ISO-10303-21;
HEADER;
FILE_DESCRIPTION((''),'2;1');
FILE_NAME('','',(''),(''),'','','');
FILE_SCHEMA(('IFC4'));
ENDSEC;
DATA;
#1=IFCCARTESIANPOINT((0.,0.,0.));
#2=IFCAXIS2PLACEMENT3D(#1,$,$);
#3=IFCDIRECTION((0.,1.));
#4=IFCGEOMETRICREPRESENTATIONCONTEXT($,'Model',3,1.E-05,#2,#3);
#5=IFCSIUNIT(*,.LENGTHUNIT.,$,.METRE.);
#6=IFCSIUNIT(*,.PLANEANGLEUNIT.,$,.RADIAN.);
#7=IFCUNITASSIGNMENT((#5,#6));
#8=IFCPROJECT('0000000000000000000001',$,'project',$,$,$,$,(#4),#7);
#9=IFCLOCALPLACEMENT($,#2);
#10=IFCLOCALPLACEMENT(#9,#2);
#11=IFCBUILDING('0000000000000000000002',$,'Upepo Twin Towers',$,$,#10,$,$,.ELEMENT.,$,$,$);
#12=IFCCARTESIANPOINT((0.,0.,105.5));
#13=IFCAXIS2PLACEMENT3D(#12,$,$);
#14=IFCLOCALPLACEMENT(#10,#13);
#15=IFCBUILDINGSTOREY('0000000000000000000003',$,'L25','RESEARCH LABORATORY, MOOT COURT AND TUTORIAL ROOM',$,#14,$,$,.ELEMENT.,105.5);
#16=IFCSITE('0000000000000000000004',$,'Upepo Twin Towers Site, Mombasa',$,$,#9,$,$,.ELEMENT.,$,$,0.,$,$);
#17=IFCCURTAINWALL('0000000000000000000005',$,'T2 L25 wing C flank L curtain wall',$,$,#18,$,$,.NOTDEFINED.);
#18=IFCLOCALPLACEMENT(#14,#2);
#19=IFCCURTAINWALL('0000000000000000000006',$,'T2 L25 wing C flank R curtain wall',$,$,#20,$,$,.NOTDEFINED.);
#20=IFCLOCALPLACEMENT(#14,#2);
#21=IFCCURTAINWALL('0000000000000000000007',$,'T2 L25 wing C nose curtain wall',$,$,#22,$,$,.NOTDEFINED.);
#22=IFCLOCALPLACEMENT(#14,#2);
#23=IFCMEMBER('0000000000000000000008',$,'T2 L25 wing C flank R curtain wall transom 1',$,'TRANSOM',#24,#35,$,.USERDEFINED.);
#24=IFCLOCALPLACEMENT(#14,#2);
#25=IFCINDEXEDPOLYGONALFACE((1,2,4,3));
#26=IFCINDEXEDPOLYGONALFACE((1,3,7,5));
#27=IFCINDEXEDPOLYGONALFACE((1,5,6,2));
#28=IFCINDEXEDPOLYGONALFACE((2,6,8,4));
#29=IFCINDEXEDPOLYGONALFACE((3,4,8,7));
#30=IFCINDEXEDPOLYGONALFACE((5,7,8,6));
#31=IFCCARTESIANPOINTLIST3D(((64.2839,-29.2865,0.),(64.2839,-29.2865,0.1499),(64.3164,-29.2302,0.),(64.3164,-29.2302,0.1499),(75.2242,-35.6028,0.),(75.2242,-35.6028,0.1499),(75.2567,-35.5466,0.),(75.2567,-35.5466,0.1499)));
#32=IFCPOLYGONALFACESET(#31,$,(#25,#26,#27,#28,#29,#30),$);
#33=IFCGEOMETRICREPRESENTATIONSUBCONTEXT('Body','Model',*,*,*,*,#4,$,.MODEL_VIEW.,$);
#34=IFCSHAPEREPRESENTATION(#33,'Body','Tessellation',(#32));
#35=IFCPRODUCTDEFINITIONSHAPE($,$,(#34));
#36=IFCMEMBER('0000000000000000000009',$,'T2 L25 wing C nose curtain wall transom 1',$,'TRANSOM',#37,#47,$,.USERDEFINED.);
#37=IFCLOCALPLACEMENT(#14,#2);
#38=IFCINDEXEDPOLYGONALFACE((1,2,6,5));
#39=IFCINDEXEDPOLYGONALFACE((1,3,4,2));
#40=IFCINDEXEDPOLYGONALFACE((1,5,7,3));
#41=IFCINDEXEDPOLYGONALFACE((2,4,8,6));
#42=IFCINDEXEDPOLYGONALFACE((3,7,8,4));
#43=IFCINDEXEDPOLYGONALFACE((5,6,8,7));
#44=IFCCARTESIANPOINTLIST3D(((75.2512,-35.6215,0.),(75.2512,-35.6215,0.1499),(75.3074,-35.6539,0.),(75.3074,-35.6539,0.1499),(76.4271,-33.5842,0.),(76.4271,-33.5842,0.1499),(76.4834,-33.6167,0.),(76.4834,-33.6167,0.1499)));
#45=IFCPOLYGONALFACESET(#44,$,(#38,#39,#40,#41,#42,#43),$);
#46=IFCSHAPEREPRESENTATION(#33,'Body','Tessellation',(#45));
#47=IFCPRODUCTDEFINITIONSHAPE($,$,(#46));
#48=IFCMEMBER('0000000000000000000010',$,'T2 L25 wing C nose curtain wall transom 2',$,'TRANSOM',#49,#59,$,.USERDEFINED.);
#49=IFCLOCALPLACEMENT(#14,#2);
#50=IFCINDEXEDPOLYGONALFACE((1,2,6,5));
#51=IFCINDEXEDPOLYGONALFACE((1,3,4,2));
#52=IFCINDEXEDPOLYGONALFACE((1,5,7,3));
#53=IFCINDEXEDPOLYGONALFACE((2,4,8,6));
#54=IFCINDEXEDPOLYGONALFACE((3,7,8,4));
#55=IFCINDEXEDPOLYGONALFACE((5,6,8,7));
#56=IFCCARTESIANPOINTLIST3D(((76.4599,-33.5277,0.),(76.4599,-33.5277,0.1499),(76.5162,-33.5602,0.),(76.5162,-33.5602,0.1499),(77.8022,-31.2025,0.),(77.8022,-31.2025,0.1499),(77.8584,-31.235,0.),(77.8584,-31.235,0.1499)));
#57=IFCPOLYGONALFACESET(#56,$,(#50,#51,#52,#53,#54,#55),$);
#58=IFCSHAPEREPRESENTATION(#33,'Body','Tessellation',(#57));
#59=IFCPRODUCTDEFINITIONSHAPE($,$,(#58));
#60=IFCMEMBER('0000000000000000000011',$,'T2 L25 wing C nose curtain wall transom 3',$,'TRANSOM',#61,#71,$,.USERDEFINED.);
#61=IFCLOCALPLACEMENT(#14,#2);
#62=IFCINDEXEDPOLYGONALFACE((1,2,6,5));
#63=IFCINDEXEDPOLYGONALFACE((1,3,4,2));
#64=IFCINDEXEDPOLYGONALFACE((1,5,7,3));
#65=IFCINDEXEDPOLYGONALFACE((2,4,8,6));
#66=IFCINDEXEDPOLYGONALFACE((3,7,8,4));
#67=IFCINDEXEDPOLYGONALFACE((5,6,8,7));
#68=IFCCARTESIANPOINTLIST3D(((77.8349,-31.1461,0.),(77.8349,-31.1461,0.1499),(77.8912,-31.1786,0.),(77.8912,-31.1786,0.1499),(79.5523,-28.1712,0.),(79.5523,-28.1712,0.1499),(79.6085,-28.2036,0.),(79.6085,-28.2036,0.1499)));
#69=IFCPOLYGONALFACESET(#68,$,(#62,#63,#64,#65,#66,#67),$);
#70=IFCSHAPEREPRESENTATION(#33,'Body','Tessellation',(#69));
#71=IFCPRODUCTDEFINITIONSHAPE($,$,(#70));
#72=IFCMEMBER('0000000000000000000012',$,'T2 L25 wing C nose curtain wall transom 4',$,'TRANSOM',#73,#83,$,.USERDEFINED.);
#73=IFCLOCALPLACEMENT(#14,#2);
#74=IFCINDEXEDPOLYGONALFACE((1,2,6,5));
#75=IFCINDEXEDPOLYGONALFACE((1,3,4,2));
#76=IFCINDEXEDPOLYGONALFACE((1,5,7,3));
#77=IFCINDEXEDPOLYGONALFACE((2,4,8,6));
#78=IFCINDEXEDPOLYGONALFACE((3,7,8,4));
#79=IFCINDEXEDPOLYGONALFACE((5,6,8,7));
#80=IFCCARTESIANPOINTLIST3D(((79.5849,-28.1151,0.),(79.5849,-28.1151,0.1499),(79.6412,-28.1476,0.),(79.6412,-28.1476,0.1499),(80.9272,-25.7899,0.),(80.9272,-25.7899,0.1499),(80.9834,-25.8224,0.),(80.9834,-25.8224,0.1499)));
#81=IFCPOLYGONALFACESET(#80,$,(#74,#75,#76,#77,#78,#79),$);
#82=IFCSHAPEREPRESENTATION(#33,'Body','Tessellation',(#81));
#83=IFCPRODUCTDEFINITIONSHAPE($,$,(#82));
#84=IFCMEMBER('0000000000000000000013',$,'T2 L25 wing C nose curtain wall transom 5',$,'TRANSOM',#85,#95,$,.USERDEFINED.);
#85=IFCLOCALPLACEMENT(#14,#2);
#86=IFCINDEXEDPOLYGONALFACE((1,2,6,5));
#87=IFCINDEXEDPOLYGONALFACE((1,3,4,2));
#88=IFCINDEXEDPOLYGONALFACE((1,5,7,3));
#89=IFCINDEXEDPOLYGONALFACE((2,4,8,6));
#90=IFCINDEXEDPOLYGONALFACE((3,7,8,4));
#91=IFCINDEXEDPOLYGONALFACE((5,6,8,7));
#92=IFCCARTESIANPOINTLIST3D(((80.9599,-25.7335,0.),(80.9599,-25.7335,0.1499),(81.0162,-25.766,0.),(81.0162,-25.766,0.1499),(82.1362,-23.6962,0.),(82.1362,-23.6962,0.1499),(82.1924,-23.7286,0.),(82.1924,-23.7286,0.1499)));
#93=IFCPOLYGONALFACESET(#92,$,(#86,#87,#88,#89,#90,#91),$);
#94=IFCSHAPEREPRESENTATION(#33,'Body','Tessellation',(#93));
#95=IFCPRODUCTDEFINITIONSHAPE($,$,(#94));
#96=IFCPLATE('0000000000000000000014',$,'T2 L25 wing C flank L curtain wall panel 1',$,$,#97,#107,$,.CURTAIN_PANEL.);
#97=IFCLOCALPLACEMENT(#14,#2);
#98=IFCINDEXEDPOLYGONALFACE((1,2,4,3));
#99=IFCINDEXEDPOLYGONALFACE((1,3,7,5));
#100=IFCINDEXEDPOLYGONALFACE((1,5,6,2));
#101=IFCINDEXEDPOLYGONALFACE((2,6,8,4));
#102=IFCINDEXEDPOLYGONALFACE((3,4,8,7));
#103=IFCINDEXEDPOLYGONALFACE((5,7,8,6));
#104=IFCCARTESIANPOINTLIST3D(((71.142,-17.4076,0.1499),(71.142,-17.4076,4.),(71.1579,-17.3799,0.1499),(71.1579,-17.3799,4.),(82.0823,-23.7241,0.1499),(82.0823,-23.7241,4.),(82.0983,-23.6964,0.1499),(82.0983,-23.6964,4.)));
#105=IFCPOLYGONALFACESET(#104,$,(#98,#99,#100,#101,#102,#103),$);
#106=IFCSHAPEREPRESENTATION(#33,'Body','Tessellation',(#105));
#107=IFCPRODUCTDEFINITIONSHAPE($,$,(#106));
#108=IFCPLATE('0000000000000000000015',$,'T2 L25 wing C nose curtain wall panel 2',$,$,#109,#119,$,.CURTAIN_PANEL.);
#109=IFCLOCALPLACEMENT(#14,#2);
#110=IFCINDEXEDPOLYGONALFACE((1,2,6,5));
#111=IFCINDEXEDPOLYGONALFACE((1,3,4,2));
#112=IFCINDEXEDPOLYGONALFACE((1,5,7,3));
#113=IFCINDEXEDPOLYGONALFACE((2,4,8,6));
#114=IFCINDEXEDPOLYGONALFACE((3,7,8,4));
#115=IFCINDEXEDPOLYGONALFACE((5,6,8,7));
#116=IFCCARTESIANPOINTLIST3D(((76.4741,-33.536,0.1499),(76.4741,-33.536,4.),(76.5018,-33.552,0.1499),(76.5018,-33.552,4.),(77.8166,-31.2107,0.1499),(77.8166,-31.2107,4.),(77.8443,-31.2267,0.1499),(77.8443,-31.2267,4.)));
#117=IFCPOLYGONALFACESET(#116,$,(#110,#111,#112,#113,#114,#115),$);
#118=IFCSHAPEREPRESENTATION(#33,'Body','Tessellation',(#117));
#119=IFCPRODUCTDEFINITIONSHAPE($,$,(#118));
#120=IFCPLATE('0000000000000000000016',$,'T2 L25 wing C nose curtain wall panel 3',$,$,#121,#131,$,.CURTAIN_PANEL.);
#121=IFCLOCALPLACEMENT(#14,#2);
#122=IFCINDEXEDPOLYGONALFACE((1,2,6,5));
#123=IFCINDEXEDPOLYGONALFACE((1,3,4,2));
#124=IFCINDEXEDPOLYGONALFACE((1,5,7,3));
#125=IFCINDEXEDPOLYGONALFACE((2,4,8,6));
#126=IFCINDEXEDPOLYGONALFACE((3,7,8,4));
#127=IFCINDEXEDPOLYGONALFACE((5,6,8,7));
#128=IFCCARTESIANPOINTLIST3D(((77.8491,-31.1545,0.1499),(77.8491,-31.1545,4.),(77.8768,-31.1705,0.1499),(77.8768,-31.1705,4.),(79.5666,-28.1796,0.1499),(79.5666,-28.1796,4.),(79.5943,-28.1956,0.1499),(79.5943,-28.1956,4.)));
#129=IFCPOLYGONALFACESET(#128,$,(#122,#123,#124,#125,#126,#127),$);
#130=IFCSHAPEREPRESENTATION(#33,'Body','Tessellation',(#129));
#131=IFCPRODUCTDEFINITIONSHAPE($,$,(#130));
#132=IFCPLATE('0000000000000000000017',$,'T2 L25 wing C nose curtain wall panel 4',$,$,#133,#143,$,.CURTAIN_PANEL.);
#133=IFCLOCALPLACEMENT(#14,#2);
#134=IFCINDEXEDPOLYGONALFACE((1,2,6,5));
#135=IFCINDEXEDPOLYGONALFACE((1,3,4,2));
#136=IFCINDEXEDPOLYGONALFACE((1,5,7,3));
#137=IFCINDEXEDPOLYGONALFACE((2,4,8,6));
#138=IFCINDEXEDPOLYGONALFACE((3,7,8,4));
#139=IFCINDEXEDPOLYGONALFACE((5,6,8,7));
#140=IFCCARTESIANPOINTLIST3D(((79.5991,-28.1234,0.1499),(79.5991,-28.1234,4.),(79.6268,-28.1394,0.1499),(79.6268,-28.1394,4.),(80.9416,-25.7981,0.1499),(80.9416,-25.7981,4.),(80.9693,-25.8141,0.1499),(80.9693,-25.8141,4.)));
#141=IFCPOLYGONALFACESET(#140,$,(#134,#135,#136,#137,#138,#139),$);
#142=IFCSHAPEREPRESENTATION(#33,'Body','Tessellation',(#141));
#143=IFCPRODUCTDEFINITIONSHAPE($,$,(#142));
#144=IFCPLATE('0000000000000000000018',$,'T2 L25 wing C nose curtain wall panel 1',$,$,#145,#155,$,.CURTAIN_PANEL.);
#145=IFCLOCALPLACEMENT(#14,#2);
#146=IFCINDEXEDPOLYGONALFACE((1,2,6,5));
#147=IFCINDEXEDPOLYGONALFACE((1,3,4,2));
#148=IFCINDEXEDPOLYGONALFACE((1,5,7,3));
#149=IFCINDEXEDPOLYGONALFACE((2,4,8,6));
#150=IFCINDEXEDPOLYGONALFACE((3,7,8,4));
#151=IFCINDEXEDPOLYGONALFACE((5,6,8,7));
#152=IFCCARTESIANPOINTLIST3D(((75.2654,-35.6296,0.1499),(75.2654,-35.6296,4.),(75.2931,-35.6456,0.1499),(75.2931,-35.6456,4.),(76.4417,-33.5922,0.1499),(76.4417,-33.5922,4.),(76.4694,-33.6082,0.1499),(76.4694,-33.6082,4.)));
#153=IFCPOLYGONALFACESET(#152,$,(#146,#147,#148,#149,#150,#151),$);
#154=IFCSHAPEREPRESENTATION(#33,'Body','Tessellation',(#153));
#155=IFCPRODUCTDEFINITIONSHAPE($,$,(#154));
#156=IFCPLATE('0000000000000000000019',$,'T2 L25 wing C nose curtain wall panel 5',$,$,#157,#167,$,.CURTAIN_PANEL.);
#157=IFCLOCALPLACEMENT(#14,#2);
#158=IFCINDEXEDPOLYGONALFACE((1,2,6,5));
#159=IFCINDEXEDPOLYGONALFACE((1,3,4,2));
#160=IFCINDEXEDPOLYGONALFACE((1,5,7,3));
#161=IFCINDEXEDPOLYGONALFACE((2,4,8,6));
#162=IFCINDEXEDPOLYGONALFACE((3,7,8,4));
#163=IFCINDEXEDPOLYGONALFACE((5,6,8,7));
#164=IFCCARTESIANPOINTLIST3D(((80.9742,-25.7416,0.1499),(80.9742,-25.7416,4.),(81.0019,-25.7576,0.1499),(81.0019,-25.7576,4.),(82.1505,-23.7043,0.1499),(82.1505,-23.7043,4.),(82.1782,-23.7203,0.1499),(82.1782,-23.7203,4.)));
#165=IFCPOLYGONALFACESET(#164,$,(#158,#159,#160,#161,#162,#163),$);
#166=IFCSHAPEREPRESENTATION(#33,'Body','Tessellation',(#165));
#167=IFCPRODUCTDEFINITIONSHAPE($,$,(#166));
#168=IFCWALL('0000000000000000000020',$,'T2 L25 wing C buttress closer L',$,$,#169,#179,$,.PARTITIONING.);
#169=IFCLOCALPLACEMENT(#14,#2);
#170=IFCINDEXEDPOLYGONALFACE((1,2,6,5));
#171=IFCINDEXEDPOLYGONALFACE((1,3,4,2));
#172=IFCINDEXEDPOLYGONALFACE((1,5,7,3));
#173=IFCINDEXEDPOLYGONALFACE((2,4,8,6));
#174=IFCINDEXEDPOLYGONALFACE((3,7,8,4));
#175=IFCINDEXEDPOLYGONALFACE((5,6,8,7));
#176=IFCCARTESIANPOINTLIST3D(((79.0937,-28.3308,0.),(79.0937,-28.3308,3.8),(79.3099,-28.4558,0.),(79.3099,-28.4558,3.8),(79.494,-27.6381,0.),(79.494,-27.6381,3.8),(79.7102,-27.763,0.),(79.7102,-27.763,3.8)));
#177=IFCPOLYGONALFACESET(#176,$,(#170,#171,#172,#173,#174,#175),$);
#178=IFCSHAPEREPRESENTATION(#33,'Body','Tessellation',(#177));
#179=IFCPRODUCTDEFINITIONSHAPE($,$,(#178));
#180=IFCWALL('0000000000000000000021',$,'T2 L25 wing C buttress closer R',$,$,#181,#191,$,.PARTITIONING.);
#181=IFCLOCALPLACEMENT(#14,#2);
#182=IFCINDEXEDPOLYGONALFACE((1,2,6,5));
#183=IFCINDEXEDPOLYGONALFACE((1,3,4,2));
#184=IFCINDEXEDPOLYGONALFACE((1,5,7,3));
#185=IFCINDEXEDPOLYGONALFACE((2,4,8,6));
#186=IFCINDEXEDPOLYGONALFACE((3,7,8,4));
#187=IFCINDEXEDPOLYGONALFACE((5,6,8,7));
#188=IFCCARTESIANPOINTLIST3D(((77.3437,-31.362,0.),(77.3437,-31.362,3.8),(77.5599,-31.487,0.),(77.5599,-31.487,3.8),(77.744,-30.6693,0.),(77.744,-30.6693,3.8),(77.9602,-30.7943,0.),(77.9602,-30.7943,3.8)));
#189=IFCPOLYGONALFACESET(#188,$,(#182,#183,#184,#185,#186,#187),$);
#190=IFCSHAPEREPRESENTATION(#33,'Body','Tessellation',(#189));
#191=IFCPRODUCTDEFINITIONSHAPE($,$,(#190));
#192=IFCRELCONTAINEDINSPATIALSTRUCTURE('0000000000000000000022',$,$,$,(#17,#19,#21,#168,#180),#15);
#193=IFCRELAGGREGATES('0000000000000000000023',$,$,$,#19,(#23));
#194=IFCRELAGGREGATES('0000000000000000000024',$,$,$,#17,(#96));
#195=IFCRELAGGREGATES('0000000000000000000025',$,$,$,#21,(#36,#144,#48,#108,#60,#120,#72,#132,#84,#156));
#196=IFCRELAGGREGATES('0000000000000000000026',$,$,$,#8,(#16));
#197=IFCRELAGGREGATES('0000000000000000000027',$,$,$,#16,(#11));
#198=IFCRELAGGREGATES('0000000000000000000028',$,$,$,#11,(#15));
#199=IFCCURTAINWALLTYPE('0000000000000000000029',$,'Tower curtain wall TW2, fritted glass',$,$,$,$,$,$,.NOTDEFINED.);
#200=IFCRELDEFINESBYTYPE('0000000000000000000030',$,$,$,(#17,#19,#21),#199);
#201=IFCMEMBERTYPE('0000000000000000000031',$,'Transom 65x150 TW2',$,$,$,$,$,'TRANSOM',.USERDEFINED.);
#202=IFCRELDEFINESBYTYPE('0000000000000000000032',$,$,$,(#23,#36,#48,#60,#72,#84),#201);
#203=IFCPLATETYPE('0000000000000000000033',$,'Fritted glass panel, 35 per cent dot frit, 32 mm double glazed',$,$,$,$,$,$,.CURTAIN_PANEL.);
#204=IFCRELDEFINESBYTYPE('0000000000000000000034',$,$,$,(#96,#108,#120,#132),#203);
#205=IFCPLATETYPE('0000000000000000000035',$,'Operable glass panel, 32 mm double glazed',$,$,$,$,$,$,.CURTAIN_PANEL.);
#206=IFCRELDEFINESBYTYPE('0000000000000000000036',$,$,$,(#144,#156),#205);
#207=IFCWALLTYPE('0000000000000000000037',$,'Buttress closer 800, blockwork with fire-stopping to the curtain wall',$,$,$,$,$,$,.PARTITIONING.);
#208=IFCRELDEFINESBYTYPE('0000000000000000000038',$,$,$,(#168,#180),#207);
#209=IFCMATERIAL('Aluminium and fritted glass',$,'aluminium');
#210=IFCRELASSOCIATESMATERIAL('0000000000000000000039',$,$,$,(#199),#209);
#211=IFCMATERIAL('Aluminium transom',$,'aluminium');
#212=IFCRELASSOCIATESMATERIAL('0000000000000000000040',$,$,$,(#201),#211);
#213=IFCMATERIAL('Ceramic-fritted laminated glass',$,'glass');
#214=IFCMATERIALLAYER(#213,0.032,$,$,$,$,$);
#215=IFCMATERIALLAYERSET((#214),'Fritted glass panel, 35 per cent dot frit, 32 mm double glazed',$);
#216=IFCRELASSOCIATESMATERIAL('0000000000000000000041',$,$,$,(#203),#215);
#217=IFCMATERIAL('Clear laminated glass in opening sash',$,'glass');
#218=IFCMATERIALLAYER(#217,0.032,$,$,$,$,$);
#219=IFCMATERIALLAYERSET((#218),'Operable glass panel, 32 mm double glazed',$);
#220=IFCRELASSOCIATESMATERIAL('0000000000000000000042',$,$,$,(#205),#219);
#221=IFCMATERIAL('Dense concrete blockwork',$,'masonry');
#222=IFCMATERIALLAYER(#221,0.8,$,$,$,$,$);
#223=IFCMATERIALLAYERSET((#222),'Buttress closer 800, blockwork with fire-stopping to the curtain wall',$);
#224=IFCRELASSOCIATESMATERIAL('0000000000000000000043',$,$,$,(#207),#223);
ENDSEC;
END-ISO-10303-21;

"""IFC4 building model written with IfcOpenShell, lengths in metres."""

from ifc_helpers import new_model, si_unit, direction, frame, frame_2d, origin, origin_2d, place, context, subcontext, project, spatial, rectangle, extrude, material, layer, layer_set, material_profile, profile_set, type_object, element, aggregate, save


model = new_model("IFC4")

# Units and contexts
model_context = context("Model", 3, precision=1e-05, world=origin(), true_north=direction((0.0, 1.0)))
body_context = subcontext(model_context, "Body", "Model", "MODEL_VIEW")
ifc_project = project(units=[si_unit("LENGTHUNIT", "METRE"), si_unit("PLANEANGLEUNIT", "RADIAN")], contexts=[model_context])

# Site, building, storey
site_placement = place(None, origin())
site = spatial("IfcSite", under=ifc_project, at=site_placement, Name="Upepo Twin Towers Site, Mombasa", CompositionType="ELEMENT", RefElevation=0.0)
building_placement = place(site_placement, origin())
building = spatial("IfcBuilding", under=site, at=building_placement, Name="Upepo Twin Towers", CompositionType="ELEMENT")
storey_placement = place(building_placement, frame((0.0, 0.0, 105.5)))
storey = spatial("IfcBuildingStorey", under=building, at=storey_placement, Name="L25", Description="RESEARCH LABORATORY, MOOT COURT AND TUTORIAL ROOM", CompositionType="ELEMENT", Elevation=105.5)

# Curtain walls
ifc_material_1 = material(Name="Aluminium and fritted glass", Category="aluminium")
curtain_wall_type = type_object("IfcCurtainWallType", Name="Tower curtain wall TW2, fritted glass", PredefinedType="NOTDEFINED", material=ifc_material_1)
curtain_wall_1_placement = place(storey_placement, origin())
curtain_wall_1 = element("IfcCurtainWall", 1, at=curtain_wall_1_placement, inside=storey, type_object=curtain_wall_type, Name="T2 L25 wing C flank L curtain wall", PredefinedType="NOTDEFINED")
curtain_wall_2_placement = place(storey_placement, origin())
curtain_wall_2 = element("IfcCurtainWall", 2, at=curtain_wall_2_placement, inside=storey, type_object=curtain_wall_type, Name="T2 L25 wing C flank R curtain wall", PredefinedType="NOTDEFINED")

# Curtain wall
curtain_wall_3_placement = place(storey_placement, origin())
curtain_wall_3 = element("IfcCurtainWall", 3, at=curtain_wall_3_placement, inside=storey, type_object=curtain_wall_type, Name="T2 L25 wing C nose curtain wall", PredefinedType="NOTDEFINED")

# Members
ifc_material_2 = material(Name="Aluminium transom", Category="aluminium")
ifc_material_profile_1 = material_profile(ifc_material_2, rectangle(XDim=0.0649, YDim=0.1499, at=origin_2d()), Name="TRANSOM 65x150")
ifc_profile_set_1 = profile_set([ifc_material_profile_1], Name="Aluminium transom")
member_type_1 = type_object("IfcMemberType", Name="Transom 65x150 TW2", ElementType="TRANSOM", PredefinedType="USERDEFINED", material=ifc_profile_set_1)
member_1_placement = place(storey_placement, frame((75.2405, -35.5747, 0.075), z_axis=(-0.866027, 0.499997, 0.0), x_axis=(-0.499997, -0.866027, 0.0)))
member_1 = element("IfcMember", 4, at=member_1_placement, type_object=member_type_1, Name="T2 L25 wing C flank R curtain wall transom 1", ObjectType="TRANSOM", PredefinedType="USERDEFINED", context=body_context, shape_type="SweptSolid", body=[
    extrude(rectangle(XDim=0.0649, YDim=0.1499, at=origin_2d()), origin(), (0.0, 0.0, 1.0), 12.6328),
])
aggregate(curtain_wall_2, [member_1])
member_2_placement = place(storey_placement, frame((75.2793, -35.6377, 0.075), z_axis=(0.499923, 0.86607, 0.0), x_axis=(-0.86607, 0.499923, 0.0)))
member_2 = element("IfcMember", 5, at=member_2_placement, type_object=member_type_1, Name="T2 L25 wing C nose curtain wall transom 1", ObjectType="TRANSOM", PredefinedType="USERDEFINED", context=body_context, shape_type="SweptSolid", body=[
    extrude(rectangle(XDim=0.0649, YDim=0.1499, at=origin_2d()), origin(), (0.0, 0.0, 1.0), 2.3523),
])
member_3_placement = place(storey_placement, frame((76.488, -33.5439, 0.075), z_axis=(0.499953, 0.866052, 0.0), x_axis=(-0.866052, 0.499953, 0.0)))
member_3 = element("IfcMember", 6, at=member_3_placement, type_object=member_type_1, Name="T2 L25 wing C nose curtain wall transom 2", ObjectType="TRANSOM", PredefinedType="USERDEFINED", context=body_context, shape_type="SweptSolid", body=[
    extrude(rectangle(XDim=0.0649, YDim=0.1499, at=origin_2d()), origin(), (0.0, 0.0, 1.0), 2.6848),
])
member_4_placement = place(storey_placement, frame((77.863, -31.1624, 0.075), z_axis=(0.499946, 0.866057, 0.0), x_axis=(-0.866057, 0.499946, 0.0)))
member_4 = element("IfcMember", 7, at=member_4_placement, type_object=member_type_1, Name="T2 L25 wing C nose curtain wall transom 3", ObjectType="TRANSOM", PredefinedType="USERDEFINED", context=body_context, shape_type="SweptSolid", body=[
    extrude(rectangle(XDim=0.0649, YDim=0.1499, at=origin_2d()), origin(), (0.0, 0.0, 1.0), 3.4351),
])
member_5_placement = place(storey_placement, frame((79.613, -28.1313, 0.075), z_axis=(0.499953, 0.866052, 0.0), x_axis=(-0.866052, 0.499953, 0.0)))
member_5 = element("IfcMember", 8, at=member_5_placement, type_object=member_type_1, Name="T2 L25 wing C nose curtain wall transom 4", ObjectType="TRANSOM", PredefinedType="USERDEFINED", context=body_context, shape_type="SweptSolid", body=[
    extrude(rectangle(XDim=0.0649, YDim=0.1499, at=origin_2d()), origin(), (0.0, 0.0, 1.0), 2.6848),
])
member_6_placement = place(storey_placement, frame((80.988, -25.7498, 0.075), z_axis=(0.500001, 0.866025, 0.0), x_axis=(-0.866025, 0.500001, 0.0)))
member_6 = element("IfcMember", 9, at=member_6_placement, type_object=member_type_1, Name="T2 L25 wing C nose curtain wall transom 5", ObjectType="TRANSOM", PredefinedType="USERDEFINED", context=body_context, shape_type="SweptSolid", body=[
    extrude(rectangle(XDim=0.0649, YDim=0.1499, at=origin_2d()), origin(), (0.0, 0.0, 1.0), 2.3525),
])

# Plates
ifc_material_3 = material(Name="Ceramic-fritted laminated glass", Category="glass")
ifc_layer_1 = layer(ifc_material_3, 0.032)
ifc_layer_set_1 = layer_set([ifc_layer_1], Name="Fritted glass panel, 35 per cent dot frit, 32 mm double glazed")
plate_type_1 = type_object("IfcPlateType", Name="Fritted glass panel, 35 per cent dot frit, 32 mm double glazed", PredefinedType="CURTAIN_PANEL", material=ifc_layer_set_1)
plate_1_placement = place(storey_placement, frame((76.6201, -20.552, 0.1499), z_axis=(0.0, 0.0, 1.0), x_axis=(0.866025, -0.5, 0.0)))
plate_1 = element("IfcPlate", 10, at=plate_1_placement, type_object=plate_type_1, Name="T2 L25 wing C flank L curtain wall panel 1", PredefinedType="CURTAIN_PANEL", context=body_context, shape_type="SweptSolid", body=[
    extrude(rectangle(XDim=12.6328, YDim=0.032, at=origin_2d()), origin(), (0.0, 0.0, 1.0), 3.8501),
])
aggregate(curtain_wall_1, [plate_1])
plate_2_placement = place(storey_placement, frame((77.1592, -32.3813, 0.1499), z_axis=(0.0, 0.0, 1.0), x_axis=(0.5, 0.866025, 0.0)))
plate_2 = element("IfcPlate", 11, at=plate_2_placement, type_object=plate_type_1, Name="T2 L25 wing C nose curtain wall panel 2", PredefinedType="CURTAIN_PANEL", context=body_context, shape_type="SweptSolid", body=[
    extrude(rectangle(XDim=2.6851, YDim=0.032, at=origin_2d()), origin(), (0.0, 0.0, 1.0), 3.8501),
])
plate_3_placement = place(storey_placement, frame((78.7217, -29.675, 0.1499), z_axis=(0.0, 0.0, 1.0), x_axis=(0.5, 0.866025, 0.0)))
plate_3 = element("IfcPlate", 12, at=plate_3_placement, type_object=plate_type_1, Name="T2 L25 wing C nose curtain wall panel 3", PredefinedType="CURTAIN_PANEL", context=body_context, shape_type="SweptSolid", body=[
    extrude(rectangle(XDim=3.4351, YDim=0.032, at=origin_2d()), origin(), (0.0, 0.0, 1.0), 3.8501),
])
plate_4_placement = place(storey_placement, frame((80.2842, -26.9688, 0.1499), z_axis=(0.0, 0.0, 1.0), x_axis=(0.5, 0.866025, 0.0)))
plate_4 = element("IfcPlate", 13, at=plate_4_placement, type_object=plate_type_1, Name="T2 L25 wing C nose curtain wall panel 4", PredefinedType="CURTAIN_PANEL", context=body_context, shape_type="SweptSolid", body=[
    extrude(rectangle(XDim=2.6851, YDim=0.032, at=origin_2d()), origin(), (0.0, 0.0, 1.0), 3.8501),
])
ifc_material_4 = material(Name="Clear laminated glass in opening sash", Category="glass")
ifc_layer_2 = layer(ifc_material_4, 0.032)
ifc_layer_set_2 = layer_set([ifc_layer_2], Name="Operable glass panel, 32 mm double glazed")
plate_type_2 = type_object("IfcPlateType", Name="Operable glass panel, 32 mm double glazed", PredefinedType="CURTAIN_PANEL", material=ifc_layer_set_2)
plate_5_placement = place(storey_placement, frame((75.8674, -34.6189, 0.1499), z_axis=(0.0, 0.0, 1.0), x_axis=(0.5, 0.866025, 0.0)))
plate_5 = element("IfcPlate", 14, at=plate_5_placement, type_object=plate_type_2, Name="T2 L25 wing C nose curtain wall panel 1", PredefinedType="CURTAIN_PANEL", context=body_context, shape_type="SweptSolid", body=[
    extrude(rectangle(XDim=2.3525, YDim=0.032, at=origin_2d()), origin(), (0.0, 0.0, 1.0), 3.8501),
])
plate_6_placement = place(storey_placement, frame((81.5762, -24.731, 0.1499), z_axis=(0.0, 0.0, 1.0), x_axis=(0.5, 0.866025, 0.0)))
plate_6 = element("IfcPlate", 15, at=plate_6_placement, type_object=plate_type_2, Name="T2 L25 wing C nose curtain wall panel 5", PredefinedType="CURTAIN_PANEL", context=body_context, shape_type="SweptSolid", body=[
    extrude(rectangle(XDim=2.3525, YDim=0.032, at=origin_2d()), origin(), (0.0, 0.0, 1.0), 3.8501),
])
aggregate(curtain_wall_3, [member_2, plate_5, member_3, plate_2, member_4, plate_3, member_5, plate_4, member_6, plate_6])

# Walls
ifc_material_5 = material(Name="Dense concrete blockwork", Category="masonry")
ifc_layer_3 = layer(ifc_material_5, 0.8)
ifc_layer_set_3 = layer_set([ifc_layer_3], Name="Buttress closer 800, blockwork with fire-stopping to the curtain wall")
wall_type = type_object("IfcWallType", Name="Buttress closer 800, blockwork with fire-stopping to the curtain wall", PredefinedType="PARTITIONING", material=ifc_layer_set_3)
for number, where, z_axis, x_axis, name in (
    (16, (79.2937, -27.9844, 0.0), (0.0, 0.0, 1.0), (0.865827, -0.500343, 0.0), "T2 L25 wing C buttress closer L"),
    (17, (77.5437, -31.0156, 0.0), (0.0, 0.0, 1.0), (0.865827, -0.500343, 0.0), "T2 L25 wing C buttress closer R"),
):
    element("IfcWall", number, at=place(storey_placement, frame(where, z_axis=z_axis, x_axis=x_axis)), inside=storey, type_object=wall_type, Name=name, PredefinedType="PARTITIONING", context=body_context, shape_type="SweptSolid", body=[
        extrude(rectangle(XDim=0.2498, YDim=0.8, at=frame_2d((0.125, 0.0))), origin(), (0.0, 0.0, 1.0), 3.8),
    ])

save(model, "model.ifc")
